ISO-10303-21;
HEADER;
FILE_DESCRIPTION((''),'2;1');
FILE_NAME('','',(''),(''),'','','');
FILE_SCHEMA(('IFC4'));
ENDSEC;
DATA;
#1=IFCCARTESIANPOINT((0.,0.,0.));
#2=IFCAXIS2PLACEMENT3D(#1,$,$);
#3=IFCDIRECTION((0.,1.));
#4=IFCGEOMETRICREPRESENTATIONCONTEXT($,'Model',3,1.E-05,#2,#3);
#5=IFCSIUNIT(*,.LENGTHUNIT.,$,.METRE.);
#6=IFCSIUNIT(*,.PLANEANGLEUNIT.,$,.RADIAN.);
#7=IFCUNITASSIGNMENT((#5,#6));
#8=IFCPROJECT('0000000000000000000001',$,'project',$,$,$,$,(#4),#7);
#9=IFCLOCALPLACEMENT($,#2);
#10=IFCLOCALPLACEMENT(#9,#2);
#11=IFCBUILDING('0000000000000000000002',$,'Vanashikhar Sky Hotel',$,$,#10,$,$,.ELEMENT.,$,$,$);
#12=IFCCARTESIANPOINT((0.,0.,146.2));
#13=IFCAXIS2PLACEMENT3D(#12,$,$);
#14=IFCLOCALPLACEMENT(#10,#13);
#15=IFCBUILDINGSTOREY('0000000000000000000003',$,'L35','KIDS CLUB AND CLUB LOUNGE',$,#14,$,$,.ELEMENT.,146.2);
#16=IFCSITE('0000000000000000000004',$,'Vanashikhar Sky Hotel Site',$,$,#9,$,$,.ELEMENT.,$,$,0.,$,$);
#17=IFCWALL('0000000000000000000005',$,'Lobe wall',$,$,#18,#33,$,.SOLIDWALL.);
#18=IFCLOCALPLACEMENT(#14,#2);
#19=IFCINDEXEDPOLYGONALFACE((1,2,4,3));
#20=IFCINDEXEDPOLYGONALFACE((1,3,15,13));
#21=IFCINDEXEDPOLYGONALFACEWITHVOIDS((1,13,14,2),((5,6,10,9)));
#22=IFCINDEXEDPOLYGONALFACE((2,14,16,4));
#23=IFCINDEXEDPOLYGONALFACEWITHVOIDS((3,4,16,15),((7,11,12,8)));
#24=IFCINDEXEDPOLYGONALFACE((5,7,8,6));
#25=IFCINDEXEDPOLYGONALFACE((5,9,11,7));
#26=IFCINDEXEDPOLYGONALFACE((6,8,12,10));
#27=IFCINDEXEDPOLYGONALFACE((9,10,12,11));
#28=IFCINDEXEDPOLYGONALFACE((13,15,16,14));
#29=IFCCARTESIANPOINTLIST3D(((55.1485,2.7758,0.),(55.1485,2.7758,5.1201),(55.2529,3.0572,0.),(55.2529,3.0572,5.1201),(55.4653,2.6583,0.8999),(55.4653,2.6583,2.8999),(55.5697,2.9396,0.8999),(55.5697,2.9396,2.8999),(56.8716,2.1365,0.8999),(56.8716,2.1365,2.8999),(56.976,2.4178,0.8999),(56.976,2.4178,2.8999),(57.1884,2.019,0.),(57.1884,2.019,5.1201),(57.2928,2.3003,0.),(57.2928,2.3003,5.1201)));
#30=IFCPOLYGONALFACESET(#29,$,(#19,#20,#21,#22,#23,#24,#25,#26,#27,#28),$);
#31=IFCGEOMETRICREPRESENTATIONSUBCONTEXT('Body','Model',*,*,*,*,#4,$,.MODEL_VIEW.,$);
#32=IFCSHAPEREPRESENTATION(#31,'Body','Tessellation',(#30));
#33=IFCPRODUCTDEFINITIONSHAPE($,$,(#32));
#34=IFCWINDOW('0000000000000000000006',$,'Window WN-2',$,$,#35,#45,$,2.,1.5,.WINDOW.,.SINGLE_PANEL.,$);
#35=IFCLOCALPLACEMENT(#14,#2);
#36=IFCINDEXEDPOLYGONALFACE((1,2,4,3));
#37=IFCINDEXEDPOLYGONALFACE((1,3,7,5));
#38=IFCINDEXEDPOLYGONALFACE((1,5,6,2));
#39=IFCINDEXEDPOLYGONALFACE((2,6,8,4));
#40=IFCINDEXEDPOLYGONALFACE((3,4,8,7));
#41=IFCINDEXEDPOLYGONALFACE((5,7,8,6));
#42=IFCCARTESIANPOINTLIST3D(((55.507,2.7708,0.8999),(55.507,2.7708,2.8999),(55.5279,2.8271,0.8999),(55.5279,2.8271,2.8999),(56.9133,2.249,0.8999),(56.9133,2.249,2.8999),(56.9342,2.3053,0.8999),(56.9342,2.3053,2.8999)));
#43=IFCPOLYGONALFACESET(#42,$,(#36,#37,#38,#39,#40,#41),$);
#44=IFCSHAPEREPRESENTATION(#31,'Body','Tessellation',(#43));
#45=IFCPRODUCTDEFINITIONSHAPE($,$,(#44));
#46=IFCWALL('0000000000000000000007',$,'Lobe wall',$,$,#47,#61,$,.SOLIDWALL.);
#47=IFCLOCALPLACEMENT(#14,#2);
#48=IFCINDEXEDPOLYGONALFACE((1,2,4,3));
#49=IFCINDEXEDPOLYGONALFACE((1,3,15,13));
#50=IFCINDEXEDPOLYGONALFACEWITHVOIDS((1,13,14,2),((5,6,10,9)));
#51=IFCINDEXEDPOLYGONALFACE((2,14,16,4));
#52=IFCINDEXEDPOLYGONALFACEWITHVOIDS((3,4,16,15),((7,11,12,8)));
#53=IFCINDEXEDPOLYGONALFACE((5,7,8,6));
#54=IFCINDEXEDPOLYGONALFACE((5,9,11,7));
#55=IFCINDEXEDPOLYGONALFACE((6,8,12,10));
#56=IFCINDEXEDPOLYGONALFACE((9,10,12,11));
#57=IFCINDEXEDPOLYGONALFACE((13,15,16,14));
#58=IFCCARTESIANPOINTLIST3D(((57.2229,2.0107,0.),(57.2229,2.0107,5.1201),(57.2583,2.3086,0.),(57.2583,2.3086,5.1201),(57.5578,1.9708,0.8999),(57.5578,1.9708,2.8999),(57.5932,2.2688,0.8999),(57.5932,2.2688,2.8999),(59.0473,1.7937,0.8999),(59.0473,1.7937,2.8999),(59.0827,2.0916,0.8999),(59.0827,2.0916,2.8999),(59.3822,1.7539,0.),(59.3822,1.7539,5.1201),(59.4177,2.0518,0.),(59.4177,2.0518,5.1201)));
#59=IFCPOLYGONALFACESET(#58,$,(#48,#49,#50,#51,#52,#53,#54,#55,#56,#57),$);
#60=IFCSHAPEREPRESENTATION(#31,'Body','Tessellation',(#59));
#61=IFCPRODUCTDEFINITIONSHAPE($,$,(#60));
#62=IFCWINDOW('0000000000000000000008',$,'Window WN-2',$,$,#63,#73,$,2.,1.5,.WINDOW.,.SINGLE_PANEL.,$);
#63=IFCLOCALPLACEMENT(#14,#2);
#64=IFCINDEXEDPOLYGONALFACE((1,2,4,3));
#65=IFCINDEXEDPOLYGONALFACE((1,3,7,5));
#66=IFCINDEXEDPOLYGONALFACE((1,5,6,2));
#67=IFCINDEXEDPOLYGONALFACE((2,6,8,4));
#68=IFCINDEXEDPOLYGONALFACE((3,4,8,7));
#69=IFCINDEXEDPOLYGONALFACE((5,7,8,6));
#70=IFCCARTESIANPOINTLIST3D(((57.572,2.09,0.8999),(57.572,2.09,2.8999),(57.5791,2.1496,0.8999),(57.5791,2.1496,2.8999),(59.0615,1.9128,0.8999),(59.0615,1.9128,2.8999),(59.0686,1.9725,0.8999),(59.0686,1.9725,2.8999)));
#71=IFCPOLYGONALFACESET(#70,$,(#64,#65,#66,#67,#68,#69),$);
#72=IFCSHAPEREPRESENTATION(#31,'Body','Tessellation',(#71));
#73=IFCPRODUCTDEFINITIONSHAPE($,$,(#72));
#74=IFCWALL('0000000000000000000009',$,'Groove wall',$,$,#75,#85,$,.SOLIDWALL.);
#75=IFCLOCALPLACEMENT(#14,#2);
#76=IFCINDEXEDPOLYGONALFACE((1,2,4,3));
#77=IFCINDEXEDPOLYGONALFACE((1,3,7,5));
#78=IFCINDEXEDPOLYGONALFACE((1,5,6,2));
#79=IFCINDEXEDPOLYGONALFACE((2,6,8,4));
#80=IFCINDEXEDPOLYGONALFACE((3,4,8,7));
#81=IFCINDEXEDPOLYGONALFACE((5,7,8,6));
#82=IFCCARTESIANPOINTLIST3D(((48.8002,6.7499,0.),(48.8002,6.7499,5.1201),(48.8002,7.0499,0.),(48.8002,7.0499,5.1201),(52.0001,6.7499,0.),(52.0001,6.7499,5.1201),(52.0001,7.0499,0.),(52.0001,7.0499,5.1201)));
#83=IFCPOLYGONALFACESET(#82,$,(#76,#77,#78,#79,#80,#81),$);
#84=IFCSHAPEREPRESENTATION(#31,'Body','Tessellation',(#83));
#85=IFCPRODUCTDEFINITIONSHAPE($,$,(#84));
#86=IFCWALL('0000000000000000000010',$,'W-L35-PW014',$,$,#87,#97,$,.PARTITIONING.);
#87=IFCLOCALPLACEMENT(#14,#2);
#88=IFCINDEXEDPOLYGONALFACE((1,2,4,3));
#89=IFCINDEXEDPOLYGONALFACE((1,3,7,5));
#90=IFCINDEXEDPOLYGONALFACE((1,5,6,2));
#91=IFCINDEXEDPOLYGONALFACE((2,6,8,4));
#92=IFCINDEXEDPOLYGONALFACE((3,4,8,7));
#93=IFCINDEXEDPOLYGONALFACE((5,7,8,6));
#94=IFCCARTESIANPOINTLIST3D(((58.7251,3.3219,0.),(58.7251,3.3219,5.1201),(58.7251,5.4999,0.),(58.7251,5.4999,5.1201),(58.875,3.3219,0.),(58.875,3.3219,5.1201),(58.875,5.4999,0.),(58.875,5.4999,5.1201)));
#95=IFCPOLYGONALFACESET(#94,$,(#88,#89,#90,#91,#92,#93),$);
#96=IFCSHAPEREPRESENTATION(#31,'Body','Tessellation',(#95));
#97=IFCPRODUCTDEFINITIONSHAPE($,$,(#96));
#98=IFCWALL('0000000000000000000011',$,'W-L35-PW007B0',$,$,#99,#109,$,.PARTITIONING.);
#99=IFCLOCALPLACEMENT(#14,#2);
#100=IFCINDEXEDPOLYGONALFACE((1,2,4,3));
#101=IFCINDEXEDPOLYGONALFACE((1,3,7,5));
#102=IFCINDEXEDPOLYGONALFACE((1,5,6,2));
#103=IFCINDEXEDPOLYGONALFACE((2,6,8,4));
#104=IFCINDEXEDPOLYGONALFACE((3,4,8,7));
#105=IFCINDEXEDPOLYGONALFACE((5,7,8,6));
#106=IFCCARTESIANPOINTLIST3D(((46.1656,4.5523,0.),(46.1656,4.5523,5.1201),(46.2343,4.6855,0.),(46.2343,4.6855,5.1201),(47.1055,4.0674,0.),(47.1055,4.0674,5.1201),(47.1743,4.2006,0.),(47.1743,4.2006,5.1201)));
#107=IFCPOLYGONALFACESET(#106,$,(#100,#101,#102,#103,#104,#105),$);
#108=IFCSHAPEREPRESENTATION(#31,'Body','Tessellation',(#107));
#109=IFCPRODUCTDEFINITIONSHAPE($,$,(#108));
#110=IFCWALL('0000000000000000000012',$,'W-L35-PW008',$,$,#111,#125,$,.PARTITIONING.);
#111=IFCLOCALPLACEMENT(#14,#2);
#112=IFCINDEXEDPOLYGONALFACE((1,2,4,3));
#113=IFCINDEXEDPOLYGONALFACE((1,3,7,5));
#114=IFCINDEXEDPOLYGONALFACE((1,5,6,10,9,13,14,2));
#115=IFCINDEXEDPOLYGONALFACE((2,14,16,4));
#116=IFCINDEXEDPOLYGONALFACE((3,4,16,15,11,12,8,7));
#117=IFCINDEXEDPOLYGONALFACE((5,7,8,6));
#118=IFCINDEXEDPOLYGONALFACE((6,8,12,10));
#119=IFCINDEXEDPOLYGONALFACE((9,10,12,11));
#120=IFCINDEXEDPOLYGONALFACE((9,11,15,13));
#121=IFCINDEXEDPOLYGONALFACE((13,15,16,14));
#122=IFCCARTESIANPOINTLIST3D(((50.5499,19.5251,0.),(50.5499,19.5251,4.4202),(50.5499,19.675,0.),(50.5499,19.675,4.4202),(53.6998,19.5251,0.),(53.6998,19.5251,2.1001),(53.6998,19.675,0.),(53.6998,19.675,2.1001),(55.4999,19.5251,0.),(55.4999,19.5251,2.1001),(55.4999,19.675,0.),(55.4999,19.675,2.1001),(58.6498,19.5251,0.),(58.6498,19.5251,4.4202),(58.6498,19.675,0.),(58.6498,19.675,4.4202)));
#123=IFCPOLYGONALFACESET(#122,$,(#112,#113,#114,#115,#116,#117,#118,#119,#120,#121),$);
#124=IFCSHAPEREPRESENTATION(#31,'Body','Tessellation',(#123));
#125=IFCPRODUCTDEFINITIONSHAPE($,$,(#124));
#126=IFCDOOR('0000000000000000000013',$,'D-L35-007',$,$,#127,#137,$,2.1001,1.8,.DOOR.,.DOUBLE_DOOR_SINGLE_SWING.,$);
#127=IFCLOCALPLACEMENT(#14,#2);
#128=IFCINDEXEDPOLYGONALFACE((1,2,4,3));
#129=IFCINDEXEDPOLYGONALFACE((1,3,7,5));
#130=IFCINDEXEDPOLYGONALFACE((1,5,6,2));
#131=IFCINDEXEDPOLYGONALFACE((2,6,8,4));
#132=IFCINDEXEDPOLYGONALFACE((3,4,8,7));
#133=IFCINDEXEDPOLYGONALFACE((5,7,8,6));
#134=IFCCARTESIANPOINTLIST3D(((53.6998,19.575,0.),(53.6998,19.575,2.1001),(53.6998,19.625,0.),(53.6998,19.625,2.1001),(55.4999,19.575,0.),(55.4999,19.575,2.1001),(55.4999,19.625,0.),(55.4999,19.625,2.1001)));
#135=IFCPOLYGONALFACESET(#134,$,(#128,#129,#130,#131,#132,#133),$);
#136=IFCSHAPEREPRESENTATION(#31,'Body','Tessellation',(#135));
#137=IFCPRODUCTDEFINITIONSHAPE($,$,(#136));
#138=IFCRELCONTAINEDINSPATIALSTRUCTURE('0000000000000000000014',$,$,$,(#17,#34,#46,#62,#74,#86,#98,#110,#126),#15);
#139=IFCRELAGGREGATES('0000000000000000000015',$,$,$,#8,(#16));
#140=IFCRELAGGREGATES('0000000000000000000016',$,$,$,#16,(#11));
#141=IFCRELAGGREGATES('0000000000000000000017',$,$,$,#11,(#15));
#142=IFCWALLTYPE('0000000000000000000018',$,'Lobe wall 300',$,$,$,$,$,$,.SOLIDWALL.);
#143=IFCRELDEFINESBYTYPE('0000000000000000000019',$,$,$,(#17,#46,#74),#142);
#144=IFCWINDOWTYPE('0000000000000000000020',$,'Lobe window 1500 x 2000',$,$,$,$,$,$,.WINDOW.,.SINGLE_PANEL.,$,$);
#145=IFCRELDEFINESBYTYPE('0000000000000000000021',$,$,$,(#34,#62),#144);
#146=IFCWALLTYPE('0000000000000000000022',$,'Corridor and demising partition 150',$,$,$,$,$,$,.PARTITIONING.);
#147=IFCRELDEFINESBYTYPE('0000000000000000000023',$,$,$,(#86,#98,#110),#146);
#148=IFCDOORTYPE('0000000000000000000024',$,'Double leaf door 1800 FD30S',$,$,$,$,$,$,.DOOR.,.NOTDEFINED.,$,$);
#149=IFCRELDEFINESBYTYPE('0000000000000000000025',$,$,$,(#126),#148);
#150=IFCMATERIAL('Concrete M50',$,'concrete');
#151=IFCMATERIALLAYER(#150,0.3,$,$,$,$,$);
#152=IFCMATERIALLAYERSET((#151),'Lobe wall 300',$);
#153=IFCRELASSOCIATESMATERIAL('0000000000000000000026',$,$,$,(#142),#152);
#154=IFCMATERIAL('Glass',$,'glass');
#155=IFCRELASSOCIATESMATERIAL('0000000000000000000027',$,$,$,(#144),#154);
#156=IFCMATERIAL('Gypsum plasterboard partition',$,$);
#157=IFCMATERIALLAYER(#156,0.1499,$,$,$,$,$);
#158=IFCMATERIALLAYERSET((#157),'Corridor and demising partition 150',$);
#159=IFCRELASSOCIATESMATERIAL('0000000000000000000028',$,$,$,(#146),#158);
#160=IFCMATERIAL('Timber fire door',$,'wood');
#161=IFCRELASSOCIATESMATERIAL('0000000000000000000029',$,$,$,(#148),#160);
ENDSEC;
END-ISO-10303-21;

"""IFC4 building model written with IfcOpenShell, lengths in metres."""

from ifc_helpers import new_model, si_unit, direction, frame, frame_2d, origin, place, context, subcontext, project, spatial, rectangle, extrude, source, transform, mapped, material, layer, layer_set, type_object, element, fill, save


model = new_model("IFC4")

# Units and contexts
model_context = context("Model", 3, precision=1e-05, world=origin(), true_north=direction((0.0, 1.0)))
body_context = subcontext(model_context, "Body", "Model", "MODEL_VIEW")
ifc_project = project(units=[si_unit("LENGTHUNIT", "METRE"), si_unit("PLANEANGLEUNIT", "RADIAN")], contexts=[model_context])

# Site, building, storey
site_placement = place(None, origin())
site = spatial("IfcSite", under=ifc_project, at=site_placement, Name="Vanashikhar Sky Hotel Site", CompositionType="ELEMENT", RefElevation=0.0)
building_placement = place(site_placement, origin())
building = spatial("IfcBuilding", under=site, at=building_placement, Name="Vanashikhar Sky Hotel", CompositionType="ELEMENT")
storey_placement = place(building_placement, frame((0.0, 0.0, 146.2)))
storey = spatial("IfcBuildingStorey", under=building, at=storey_placement, Name="L35", Description="KIDS CLUB AND CLUB LOUNGE", CompositionType="ELEMENT", Elevation=146.2)

# Shared definitions
ifc_material_1 = material(Name="Concrete M50", Category="concrete")

# Shared definitions
ifc_layer_1 = layer(ifc_material_1, 0.3)
ifc_layer_set_1 = layer_set([ifc_layer_1], Name="Lobe wall 300")
wall_type_1 = type_object("IfcWallType", Name="Lobe wall 300", PredefinedType="SOLIDWALL", material=ifc_layer_set_1)

# Walls, openings, windows
shared_shape_1 = source(origin(), body_context, "Body", "SweptSolid", [
    extrude(rectangle(XDim=1.5, YDim=2.0, at=frame_2d((0.75, 1.0))), frame((0.0, 0.1602, 0.0), z_axis=(0.0, -1.0, 0.0), x_axis=(1.0, 0.0, 0.0)), (0.0, 0.0, 1.0), 0.3201),
])
ifc_material_2 = material(Name="Glass", Category="glass")
window_type = type_object("IfcWindowType", Name="Lobe window 1500 x 2000", PartitioningType="SINGLE_PANEL", PredefinedType="WINDOW", material=ifc_material_2)
shared_shape_2 = source(origin(), body_context, "Body", "SweptSolid", [
    extrude(rectangle(XDim=1.5, YDim=2.0, at=frame_2d((0.75, 1.0))), frame((0.0, 0.03, 0.0), z_axis=(0.0, -1.0, 0.0), x_axis=(1.0, 0.0, 0.0)), (0.0, 0.0, 1.0), 0.0601),
])
shared_shape_3 = source(origin(), body_context, "Body", "SweptSolid", [
    extrude(rectangle(XDim=2.1758, YDim=0.3, at=frame_2d((1.0879, 0.0))), origin(), (0.0, 0.0, 1.0), 5.1201),
])
wall_1_placement = place(storey_placement, frame((55.2007, 2.9165, 0.0), z_axis=(0.0, 0.0, 1.0), x_axis=(0.937546, -0.347863, 0.0)))
wall_1 = element("IfcWall", 1, at=wall_1_placement, inside=storey, type_object=wall_type_1, Name="Lobe wall", PredefinedType="SOLIDWALL", context=body_context, shape_type="MappedRepresentation", body=[
    mapped(shared_shape_3, transform((0.0, 0.0, 0.0), scale=1.0)),
])
opening_1_placement = place(wall_1_placement, frame((0.3379, 0.0, 0.8999)))
opening_1 = element("IfcOpeningElement", 2, at=opening_1_placement, cuts=wall_1, PredefinedType="OPENING", context=body_context, shape_type="MappedRepresentation", body=[
    mapped(shared_shape_1, transform((0.0, 0.0, 0.0), scale=1.0)),
])
window_1_placement = place(opening_1_placement, origin())
window_1 = element("IfcWindow", 3, at=window_1_placement, inside=storey, type_object=window_type, Name="Window WN-2", OverallHeight=2.0, OverallWidth=1.5, PartitioningType="SINGLE_PANEL", PredefinedType="WINDOW", context=body_context, shape_type="MappedRepresentation", body=[
    mapped(shared_shape_2, transform((0.0, 0.0, 0.0), scale=1.0)),
])
fill(opening_1, window_1)
shared_shape_4 = source(origin(), body_context, "Body", "SweptSolid", [
    extrude(rectangle(XDim=2.1746, YDim=0.3, at=frame_2d((1.0874, 0.0))), origin(), (0.0, 0.0, 1.0), 5.1201),
])
wall_2_placement = place(storey_placement, frame((57.2405, 2.1597, 0.0), z_axis=(0.0, 0.0, 1.0), x_axis=(0.993001, -0.118105, 0.0)))
wall_2 = element("IfcWall", 4, at=wall_2_placement, inside=storey, type_object=wall_type_1, Name="Lobe wall", PredefinedType="SOLIDWALL", context=body_context, shape_type="MappedRepresentation", body=[
    mapped(shared_shape_4, transform((0.0, 0.0, 0.0), scale=1.0)),
])
opening_2_placement = place(wall_2_placement, frame((0.3374, 0.0, 0.8999)))
opening_2 = element("IfcOpeningElement", 5, at=opening_2_placement, cuts=wall_2, PredefinedType="OPENING", context=body_context, shape_type="MappedRepresentation", body=[
    mapped(shared_shape_1, transform((0.0, 0.0, 0.0), scale=1.0)),
])
window_2_placement = place(opening_2_placement, origin())
window_2 = element("IfcWindow", 6, at=window_2_placement, inside=storey, type_object=window_type, Name="Window WN-2", OverallHeight=2.0, OverallWidth=1.5, PartitioningType="SINGLE_PANEL", PredefinedType="WINDOW", context=body_context, shape_type="MappedRepresentation", body=[
    mapped(shared_shape_2, transform((0.0, 0.0, 0.0), scale=1.0)),
])
fill(opening_2, window_2)

# Walls
shared_shape_5 = source(origin(), body_context, "Body", "SweptSolid", [
    extrude(rectangle(XDim=3.2, YDim=0.3, at=frame_2d((1.6001, 0.0))), origin(), (0.0, 0.0, 1.0), 5.1201),
])
wall_3_placement = place(storey_placement, frame((48.8, 6.8999, 0.0), z_axis=(0.0, 0.0, 1.0), x_axis=(1.0, 0.0, 0.0)))
element("IfcWall", 7, at=wall_3_placement, inside=storey, type_object=wall_type_1, Name="Groove wall", PredefinedType="SOLIDWALL", context=body_context, shape_type="MappedRepresentation", body=[
    mapped(shared_shape_5, transform((0.0, 0.0, 0.0), scale=1.0)),
])
ifc_material_3 = material(Name="Gypsum plasterboard partition")
ifc_layer_2 = layer(ifc_material_3, 0.1499)
ifc_layer_set_2 = layer_set([ifc_layer_2], Name="Corridor and demising partition 150")
wall_type_2 = type_object("IfcWallType", Name="Corridor and demising partition 150", PredefinedType="PARTITIONING", material=ifc_layer_set_2)
shared_shape_6 = source(origin(), body_context, "Body", "SweptSolid", [
    extrude(rectangle(XDim=2.178, YDim=0.1499, at=frame_2d((1.0889, 0.0))), origin(), (0.0, 0.0, 1.0), 5.1201),
])
wall_4_placement = place(storey_placement, frame((58.8, 3.322, 0.0), z_axis=(0.0, 0.0, 1.0), x_axis=(0.0, 1.0, 0.0)))
element("IfcWall", 8, at=wall_4_placement, inside=storey, type_object=wall_type_2, Name="W-L35-PW014", PredefinedType="PARTITIONING", context=body_context, shape_type="MappedRepresentation", body=[
    mapped(shared_shape_6, transform((0.0, 0.0, 0.0), scale=1.0)),
])
shared_shape_7 = source(origin(), body_context, "Body", "SweptSolid", [
    extrude(rectangle(XDim=1.0576, YDim=0.1499, at=frame_2d((0.5288, 0.0))), origin(), (0.0, 0.0, 1.0), 5.1201),
])
wall_5_placement = place(storey_placement, frame((47.1399, 4.134, 0.0), z_axis=(0.0, 0.0, 1.0), x_axis=(-0.888724, 0.458443, 0.0)))
element("IfcWall", 9, at=wall_5_placement, inside=storey, type_object=wall_type_2, Name="W-L35-PW007B0", PredefinedType="PARTITIONING", context=body_context, shape_type="MappedRepresentation", body=[
    mapped(shared_shape_7, transform((0.0, 0.0, 0.0), scale=1.0)),
])

# Wall, opening, door
shared_shape_8 = source(origin(), body_context, "Body", "SweptSolid", [
    extrude(rectangle(XDim=8.0999, YDim=0.1499, at=frame_2d((4.0498, 0.0))), origin(), (0.0, 0.0, 1.0), 4.4202),
])
wall_6_placement = place(storey_placement, frame((50.55, 19.6001, 0.0), z_axis=(0.0, 0.0, 1.0), x_axis=(1.0, 0.0, 0.0)))
wall_6 = element("IfcWall", 10, at=wall_6_placement, inside=storey, type_object=wall_type_2, Name="W-L35-PW008", PredefinedType="PARTITIONING", context=body_context, shape_type="MappedRepresentation", body=[
    mapped(shared_shape_8, transform((0.0, 0.0, 0.0), scale=1.0)),
])
shared_shape_9 = source(origin(), body_context, "Body", "SweptSolid", [
    extrude(rectangle(XDim=1.8, YDim=2.1001, at=frame_2d((0.8999, 1.05))), frame((0.0, 0.085, 0.0), z_axis=(0.0, -1.0, 0.0), x_axis=(1.0, 0.0, 0.0)), (0.0, 0.0, 1.0), 0.1699),
])
opening_3_placement = place(wall_6_placement, frame((3.1499, 0.0, 0.0)))
opening_3 = element("IfcOpeningElement", 11, at=opening_3_placement, cuts=wall_6, PredefinedType="OPENING", context=body_context, shape_type="MappedRepresentation", body=[
    mapped(shared_shape_9, transform((0.0, 0.0, 0.0), scale=1.0)),
])
ifc_material_4 = material(Name="Timber fire door", Category="wood")
door_type_1 = type_object("IfcDoorType", Name="Double leaf door 1800 FD30S", OperationType="NOTDEFINED", PredefinedType="DOOR", material=ifc_material_4)
shared_shape_10 = source(origin(), body_context, "Body", "SweptSolid", [
    extrude(rectangle(XDim=1.8, YDim=2.1001, at=frame_2d((0.8999, 1.05))), frame((0.0, 0.0249, 0.0), z_axis=(0.0, -1.0, 0.0), x_axis=(1.0, 0.0, 0.0)), (0.0, 0.0, 1.0), 0.05),
])
door_1_placement = place(opening_3_placement, origin())
door_1 = element("IfcDoor", 12, at=door_1_placement, inside=storey, type_object=door_type_1, Name="D-L35-007", OperationType="DOUBLE_DOOR_SINGLE_SWING", OverallHeight=2.1001, OverallWidth=1.8, PredefinedType="DOOR", context=body_context, shape_type="MappedRepresentation", body=[
    mapped(shared_shape_10, transform((0.0, 0.0, 0.0), scale=1.0)),
])
fill(opening_3, door_1)

save(model, "model.ifc")
